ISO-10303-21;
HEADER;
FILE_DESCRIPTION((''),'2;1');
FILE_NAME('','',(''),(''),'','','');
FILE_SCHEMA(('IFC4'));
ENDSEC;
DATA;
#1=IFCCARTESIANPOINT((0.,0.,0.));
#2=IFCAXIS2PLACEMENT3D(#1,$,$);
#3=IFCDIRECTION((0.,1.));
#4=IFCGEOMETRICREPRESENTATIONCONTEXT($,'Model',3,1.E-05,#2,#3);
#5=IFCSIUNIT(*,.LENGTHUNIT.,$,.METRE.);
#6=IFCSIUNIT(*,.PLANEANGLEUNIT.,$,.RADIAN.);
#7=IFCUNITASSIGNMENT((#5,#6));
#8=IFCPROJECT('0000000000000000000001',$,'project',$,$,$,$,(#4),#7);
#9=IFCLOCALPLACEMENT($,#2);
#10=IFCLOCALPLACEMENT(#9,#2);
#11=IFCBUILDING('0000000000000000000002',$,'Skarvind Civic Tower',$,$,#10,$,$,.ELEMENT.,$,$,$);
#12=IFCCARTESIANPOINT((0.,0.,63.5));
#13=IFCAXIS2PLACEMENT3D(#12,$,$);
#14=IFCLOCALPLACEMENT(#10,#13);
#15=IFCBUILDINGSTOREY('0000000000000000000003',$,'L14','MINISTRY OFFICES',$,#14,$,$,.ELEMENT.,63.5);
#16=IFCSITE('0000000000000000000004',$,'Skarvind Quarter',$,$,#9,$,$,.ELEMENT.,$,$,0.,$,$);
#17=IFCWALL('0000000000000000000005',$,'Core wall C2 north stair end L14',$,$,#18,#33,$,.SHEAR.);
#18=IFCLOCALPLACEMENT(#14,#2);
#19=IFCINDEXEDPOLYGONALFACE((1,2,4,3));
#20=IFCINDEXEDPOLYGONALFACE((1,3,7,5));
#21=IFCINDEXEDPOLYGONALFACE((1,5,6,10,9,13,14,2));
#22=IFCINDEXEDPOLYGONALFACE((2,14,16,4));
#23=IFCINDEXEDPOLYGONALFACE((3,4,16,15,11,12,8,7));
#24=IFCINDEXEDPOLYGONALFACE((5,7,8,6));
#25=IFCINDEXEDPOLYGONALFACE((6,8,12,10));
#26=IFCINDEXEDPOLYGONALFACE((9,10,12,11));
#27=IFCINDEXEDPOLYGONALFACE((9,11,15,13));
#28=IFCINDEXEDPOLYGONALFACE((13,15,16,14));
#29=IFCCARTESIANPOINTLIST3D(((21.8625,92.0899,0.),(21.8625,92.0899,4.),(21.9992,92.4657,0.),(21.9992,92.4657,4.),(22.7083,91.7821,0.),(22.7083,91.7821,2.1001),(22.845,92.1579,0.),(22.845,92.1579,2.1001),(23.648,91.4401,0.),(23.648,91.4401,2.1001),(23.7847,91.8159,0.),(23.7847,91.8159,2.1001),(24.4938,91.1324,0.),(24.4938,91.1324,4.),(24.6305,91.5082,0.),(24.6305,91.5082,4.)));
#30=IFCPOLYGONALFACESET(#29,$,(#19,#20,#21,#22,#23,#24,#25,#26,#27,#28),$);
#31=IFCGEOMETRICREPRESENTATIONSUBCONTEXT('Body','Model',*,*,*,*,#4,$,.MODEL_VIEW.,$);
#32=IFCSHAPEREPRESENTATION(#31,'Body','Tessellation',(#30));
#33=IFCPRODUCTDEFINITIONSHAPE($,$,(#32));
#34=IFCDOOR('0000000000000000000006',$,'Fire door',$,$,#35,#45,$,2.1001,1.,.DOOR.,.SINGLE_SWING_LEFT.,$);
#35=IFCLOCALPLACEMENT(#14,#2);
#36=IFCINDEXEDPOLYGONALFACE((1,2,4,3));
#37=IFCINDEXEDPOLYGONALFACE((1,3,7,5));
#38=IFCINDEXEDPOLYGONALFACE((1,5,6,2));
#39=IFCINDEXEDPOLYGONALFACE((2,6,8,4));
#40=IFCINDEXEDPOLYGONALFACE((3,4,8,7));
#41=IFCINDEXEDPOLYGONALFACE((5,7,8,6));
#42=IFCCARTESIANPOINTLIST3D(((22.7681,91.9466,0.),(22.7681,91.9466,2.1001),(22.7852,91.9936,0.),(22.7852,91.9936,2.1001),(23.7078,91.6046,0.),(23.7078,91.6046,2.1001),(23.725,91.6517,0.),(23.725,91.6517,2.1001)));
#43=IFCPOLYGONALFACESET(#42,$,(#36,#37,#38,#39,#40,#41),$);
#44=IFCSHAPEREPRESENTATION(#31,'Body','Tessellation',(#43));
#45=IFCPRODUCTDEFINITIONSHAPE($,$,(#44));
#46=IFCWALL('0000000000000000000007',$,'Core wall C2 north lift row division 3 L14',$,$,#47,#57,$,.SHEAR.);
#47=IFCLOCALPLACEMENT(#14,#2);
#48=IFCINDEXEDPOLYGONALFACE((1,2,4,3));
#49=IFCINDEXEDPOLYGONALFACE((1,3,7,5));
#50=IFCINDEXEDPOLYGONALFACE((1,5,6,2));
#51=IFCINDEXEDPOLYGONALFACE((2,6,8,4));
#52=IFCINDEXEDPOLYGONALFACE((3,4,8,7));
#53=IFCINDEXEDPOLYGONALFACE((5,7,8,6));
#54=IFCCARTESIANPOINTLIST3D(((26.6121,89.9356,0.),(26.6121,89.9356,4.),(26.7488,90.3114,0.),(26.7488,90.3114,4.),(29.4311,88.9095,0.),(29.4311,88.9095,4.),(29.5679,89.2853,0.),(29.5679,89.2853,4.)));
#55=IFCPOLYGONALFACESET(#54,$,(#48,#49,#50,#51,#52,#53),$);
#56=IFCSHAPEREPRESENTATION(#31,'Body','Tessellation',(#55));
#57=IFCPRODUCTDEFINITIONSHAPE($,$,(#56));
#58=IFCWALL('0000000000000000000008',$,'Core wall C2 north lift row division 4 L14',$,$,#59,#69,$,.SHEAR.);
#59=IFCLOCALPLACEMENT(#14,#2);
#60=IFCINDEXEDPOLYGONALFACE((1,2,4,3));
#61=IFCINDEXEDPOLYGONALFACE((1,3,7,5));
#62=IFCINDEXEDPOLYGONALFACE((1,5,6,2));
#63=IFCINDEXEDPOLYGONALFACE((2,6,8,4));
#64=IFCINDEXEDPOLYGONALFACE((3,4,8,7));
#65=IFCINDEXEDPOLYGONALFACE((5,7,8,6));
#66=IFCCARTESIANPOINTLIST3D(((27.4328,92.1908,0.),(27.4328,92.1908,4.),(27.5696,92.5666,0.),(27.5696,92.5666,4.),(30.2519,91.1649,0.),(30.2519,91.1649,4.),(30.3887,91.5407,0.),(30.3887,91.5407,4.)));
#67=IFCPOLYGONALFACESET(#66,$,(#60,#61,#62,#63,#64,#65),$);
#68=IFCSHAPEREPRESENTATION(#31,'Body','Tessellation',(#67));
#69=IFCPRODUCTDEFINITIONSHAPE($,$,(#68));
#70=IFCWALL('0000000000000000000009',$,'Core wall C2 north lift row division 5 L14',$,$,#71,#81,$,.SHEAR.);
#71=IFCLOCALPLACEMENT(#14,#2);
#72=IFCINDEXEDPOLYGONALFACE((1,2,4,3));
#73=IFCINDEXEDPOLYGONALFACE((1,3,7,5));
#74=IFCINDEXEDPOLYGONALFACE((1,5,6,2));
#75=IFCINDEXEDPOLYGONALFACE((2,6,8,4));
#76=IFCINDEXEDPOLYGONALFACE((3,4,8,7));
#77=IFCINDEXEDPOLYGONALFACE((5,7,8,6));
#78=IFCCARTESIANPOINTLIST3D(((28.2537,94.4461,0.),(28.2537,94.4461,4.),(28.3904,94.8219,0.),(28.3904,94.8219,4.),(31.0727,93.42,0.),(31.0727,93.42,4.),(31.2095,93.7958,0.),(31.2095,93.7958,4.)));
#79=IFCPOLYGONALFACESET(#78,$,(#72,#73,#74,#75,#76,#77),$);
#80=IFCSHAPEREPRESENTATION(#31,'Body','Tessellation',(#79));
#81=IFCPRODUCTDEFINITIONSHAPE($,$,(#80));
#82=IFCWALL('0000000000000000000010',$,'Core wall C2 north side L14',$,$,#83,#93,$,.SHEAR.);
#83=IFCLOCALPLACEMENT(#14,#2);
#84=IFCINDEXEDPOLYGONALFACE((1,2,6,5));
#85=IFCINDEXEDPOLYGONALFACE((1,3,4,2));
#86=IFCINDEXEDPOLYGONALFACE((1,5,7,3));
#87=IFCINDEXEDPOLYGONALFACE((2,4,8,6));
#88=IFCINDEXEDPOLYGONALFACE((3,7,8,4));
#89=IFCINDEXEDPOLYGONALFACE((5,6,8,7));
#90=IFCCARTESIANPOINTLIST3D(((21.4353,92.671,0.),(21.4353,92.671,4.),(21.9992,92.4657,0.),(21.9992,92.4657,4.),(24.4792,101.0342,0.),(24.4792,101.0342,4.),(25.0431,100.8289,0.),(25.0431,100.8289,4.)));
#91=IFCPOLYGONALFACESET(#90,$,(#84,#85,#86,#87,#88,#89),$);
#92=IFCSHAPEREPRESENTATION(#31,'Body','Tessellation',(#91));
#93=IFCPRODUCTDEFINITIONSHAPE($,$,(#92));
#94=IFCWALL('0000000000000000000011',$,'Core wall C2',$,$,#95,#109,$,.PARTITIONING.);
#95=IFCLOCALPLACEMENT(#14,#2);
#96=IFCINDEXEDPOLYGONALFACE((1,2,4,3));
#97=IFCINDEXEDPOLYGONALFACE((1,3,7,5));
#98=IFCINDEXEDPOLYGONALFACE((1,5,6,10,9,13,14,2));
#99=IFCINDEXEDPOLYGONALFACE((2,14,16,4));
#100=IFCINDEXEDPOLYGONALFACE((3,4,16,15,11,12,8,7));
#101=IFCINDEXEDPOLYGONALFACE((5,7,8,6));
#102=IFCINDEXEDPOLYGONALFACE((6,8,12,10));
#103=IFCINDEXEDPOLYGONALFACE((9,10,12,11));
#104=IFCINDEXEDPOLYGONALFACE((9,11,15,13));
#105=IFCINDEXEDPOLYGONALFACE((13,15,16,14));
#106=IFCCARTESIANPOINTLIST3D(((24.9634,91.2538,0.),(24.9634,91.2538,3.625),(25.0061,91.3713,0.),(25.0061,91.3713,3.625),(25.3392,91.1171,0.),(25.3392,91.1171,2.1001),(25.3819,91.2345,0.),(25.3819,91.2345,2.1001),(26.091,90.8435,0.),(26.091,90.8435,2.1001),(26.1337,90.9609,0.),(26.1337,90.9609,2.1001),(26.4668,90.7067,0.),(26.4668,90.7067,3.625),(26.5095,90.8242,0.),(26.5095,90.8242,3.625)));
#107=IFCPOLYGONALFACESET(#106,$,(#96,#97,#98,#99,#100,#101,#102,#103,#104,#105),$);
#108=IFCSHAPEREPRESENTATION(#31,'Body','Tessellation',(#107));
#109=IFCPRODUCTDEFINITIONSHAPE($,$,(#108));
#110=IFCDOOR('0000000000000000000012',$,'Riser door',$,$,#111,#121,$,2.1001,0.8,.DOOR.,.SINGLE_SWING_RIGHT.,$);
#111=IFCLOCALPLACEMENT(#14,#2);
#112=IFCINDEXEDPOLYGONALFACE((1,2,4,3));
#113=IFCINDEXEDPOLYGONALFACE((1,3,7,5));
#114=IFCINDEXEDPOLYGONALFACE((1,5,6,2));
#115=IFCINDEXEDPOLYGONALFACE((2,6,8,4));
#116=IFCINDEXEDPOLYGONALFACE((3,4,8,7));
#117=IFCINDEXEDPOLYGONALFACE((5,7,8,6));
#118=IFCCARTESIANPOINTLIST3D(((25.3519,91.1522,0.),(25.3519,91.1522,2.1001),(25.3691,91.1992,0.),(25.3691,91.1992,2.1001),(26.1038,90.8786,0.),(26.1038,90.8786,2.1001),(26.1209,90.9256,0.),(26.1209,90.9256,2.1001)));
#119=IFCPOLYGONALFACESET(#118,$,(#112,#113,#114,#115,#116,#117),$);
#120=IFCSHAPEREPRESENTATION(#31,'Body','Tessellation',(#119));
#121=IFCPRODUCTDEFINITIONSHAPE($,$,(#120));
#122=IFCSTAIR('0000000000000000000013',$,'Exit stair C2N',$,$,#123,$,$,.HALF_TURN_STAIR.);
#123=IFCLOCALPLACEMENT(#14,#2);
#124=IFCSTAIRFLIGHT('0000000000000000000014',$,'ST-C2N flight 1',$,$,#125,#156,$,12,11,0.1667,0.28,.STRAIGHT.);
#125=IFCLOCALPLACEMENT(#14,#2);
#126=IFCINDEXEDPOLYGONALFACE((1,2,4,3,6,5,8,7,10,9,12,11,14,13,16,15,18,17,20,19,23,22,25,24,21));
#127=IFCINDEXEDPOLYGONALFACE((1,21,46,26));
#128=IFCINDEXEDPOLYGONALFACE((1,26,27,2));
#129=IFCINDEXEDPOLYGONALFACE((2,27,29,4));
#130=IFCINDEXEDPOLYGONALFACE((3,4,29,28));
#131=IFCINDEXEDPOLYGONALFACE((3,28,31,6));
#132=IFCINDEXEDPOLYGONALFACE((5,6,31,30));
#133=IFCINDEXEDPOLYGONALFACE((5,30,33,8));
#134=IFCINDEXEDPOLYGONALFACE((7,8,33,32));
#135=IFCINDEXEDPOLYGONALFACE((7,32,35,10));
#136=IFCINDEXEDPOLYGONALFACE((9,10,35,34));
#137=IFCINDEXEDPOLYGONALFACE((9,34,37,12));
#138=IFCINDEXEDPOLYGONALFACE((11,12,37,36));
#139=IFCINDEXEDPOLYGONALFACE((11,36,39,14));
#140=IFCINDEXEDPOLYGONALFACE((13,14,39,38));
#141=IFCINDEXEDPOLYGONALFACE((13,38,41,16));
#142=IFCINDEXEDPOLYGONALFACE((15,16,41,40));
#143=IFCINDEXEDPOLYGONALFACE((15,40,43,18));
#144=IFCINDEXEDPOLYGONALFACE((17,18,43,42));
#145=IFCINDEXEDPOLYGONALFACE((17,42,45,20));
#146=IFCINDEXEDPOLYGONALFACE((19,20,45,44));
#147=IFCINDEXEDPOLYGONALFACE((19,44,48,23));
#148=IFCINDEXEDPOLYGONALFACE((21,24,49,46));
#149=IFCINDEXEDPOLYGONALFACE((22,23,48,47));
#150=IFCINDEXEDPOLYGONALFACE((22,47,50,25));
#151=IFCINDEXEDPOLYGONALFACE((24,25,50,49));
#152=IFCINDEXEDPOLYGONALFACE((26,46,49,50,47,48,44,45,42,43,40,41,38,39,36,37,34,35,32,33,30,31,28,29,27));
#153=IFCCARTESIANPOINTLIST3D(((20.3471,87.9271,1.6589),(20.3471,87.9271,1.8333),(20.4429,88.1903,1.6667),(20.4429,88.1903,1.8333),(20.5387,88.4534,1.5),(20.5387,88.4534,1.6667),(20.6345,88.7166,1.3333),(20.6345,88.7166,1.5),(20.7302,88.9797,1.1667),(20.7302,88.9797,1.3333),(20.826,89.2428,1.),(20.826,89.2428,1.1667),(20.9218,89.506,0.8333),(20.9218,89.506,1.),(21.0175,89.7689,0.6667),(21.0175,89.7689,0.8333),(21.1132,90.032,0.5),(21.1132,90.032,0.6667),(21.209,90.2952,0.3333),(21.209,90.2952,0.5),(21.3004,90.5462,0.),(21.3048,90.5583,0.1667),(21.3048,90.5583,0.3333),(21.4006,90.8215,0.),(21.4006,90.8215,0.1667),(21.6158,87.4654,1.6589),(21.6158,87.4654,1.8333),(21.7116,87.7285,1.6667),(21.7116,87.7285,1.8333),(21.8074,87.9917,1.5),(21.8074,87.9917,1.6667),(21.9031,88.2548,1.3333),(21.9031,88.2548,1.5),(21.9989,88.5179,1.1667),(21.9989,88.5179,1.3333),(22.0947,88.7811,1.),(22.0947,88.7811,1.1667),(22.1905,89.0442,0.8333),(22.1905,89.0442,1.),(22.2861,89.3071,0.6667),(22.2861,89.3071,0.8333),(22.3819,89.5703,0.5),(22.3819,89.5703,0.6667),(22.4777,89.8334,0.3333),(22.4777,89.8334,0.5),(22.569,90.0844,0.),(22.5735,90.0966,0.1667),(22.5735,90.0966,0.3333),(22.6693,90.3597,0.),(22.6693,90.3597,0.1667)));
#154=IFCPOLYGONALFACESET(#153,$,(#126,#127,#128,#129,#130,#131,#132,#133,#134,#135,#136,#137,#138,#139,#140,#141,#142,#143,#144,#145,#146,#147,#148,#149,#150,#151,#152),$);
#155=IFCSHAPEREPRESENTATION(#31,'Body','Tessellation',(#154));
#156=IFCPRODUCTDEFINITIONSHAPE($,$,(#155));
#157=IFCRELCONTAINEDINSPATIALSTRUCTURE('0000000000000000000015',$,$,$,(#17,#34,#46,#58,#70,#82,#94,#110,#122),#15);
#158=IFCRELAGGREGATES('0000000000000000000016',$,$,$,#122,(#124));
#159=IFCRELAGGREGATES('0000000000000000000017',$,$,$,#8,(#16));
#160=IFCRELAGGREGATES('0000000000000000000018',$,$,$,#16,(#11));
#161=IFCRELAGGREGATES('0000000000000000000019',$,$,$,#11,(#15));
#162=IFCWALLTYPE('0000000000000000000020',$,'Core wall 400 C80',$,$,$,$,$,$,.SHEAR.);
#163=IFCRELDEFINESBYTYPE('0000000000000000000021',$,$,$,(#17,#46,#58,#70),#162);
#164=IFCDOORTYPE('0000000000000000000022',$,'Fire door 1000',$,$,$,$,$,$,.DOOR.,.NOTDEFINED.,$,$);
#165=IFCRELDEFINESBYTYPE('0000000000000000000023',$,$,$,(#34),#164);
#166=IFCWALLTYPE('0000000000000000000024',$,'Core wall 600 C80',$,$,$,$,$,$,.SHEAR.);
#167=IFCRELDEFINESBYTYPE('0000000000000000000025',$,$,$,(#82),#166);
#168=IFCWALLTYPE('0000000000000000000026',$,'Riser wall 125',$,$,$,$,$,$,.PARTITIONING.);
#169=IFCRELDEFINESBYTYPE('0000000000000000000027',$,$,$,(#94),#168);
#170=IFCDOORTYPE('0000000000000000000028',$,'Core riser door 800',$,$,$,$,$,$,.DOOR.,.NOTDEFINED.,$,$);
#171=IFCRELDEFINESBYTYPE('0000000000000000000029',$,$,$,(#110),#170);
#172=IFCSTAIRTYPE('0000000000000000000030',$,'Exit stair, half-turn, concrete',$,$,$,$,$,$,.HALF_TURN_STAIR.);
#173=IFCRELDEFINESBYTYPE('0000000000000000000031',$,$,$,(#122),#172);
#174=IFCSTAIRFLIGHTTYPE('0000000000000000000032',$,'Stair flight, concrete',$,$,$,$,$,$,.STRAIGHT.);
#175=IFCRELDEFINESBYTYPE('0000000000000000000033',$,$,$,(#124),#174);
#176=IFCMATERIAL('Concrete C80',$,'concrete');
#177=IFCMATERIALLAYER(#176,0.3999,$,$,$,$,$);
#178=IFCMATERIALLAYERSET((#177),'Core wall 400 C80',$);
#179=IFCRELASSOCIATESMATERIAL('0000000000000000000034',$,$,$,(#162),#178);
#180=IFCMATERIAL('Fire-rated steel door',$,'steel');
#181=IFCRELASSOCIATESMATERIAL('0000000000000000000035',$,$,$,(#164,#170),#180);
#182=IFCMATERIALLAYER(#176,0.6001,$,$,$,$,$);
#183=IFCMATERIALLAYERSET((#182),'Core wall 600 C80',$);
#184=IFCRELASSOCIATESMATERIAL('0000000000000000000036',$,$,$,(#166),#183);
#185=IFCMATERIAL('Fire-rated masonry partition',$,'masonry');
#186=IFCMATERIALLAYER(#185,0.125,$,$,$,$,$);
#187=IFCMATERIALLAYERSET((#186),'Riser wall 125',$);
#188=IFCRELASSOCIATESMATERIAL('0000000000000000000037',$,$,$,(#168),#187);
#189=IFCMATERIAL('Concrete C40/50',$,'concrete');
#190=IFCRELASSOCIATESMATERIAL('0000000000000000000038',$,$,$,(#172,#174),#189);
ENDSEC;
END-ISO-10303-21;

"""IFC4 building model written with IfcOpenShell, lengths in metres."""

from ifc_helpers import new_model, si_unit, direction, frame, frame_2d, origin, place, context, subcontext, project, spatial, polyline, rectangle, outline, extrude, material, layer, layer_set, type_object, element, fill, aggregate, save


model = new_model("IFC4")

# Units and contexts
model_context = context("Model", 3, precision=1e-05, world=origin(), true_north=direction((0.0, 1.0)))
body_context = subcontext(model_context, "Body", "Model", "MODEL_VIEW")
ifc_project = project(units=[si_unit("LENGTHUNIT", "METRE"), si_unit("PLANEANGLEUNIT", "RADIAN")], contexts=[model_context])

# Site, building, storey
site_placement = place(None, origin())
site = spatial("IfcSite", under=ifc_project, at=site_placement, Name="Skarvind Quarter", CompositionType="ELEMENT", RefElevation=0.0)
building_placement = place(site_placement, origin())
building = spatial("IfcBuilding", under=site, at=building_placement, Name="Skarvind Civic Tower", CompositionType="ELEMENT")
storey_placement = place(building_placement, frame((0.0, 0.0, 63.5)))
storey = spatial("IfcBuildingStorey", under=building, at=storey_placement, Name="L14", Description="MINISTRY OFFICES", CompositionType="ELEMENT", Elevation=63.5)

# Wall, opening, door
ifc_material_1 = material(Name="Concrete C80", Category="concrete")
ifc_layer_1 = layer(ifc_material_1, 0.3999)
ifc_layer_set_1 = layer_set([ifc_layer_1], Name="Core wall 400 C80")
wall_type_1 = type_object("IfcWallType", Name="Core wall 400 C80", PredefinedType="SHEAR", material=ifc_layer_set_1)
wall_1_placement = place(storey_placement, frame((24.562, 91.3203, 0.0), z_axis=(0.0, 0.0, 1.0), x_axis=(-0.939717, 0.341953, 0.0)))
wall_1 = element("IfcWall", 1, at=wall_1_placement, inside=storey, type_object=wall_type_1, Name="Core wall C2 north stair end L14", PredefinedType="SHEAR", context=body_context, shape_type="SweptSolid", body=[
    extrude(rectangle(XDim=2.8, YDim=0.3999, at=frame_2d((1.3999, 0.0))), origin(), (0.0, 0.0, 1.0), 4.0),
])
opening_1_placement = place(wall_1_placement, frame((0.8999, 0.0, 0.0)))
opening_1 = element("IfcOpeningElement", 2, at=opening_1_placement, cuts=wall_1, PredefinedType="OPENING", context=body_context, shape_type="SweptSolid", body=[
    extrude(rectangle(XDim=1.0, YDim=2.1001, at=frame_2d((0.5, 1.05))), frame((0.0, 0.21, 0.0), z_axis=(0.0, -1.0, 0.0), x_axis=(1.0, 0.0, 0.0)), (0.0, 0.0, 1.0), 0.4199),
])
ifc_material_2 = material(Name="Fire-rated steel door", Category="steel")
door_type_1 = type_object("IfcDoorType", Name="Fire door 1000", OperationType="NOTDEFINED", PredefinedType="DOOR", material=ifc_material_2)
door_1_placement = place(opening_1_placement, origin())
door_1 = element("IfcDoor", 3, at=door_1_placement, inside=storey, type_object=door_type_1, Name="Fire door", OperationType="SINGLE_SWING_LEFT", OverallHeight=2.1001, OverallWidth=1.0, PredefinedType="DOOR", context=body_context, shape_type="SweptSolid", body=[
    extrude(rectangle(XDim=1.0, YDim=2.1001, at=frame_2d((0.5, 1.05))), frame((0.0, 0.0249, 0.0), z_axis=(0.0, -1.0, 0.0), x_axis=(1.0, 0.0, 0.0)), (0.0, 0.0, 1.0), 0.05),
])
fill(opening_1, door_1)

# Walls
for number, where, z_axis, x_axis, name in (
    (4, (29.4995, 89.0974, 0.0), (0.0, 0.0, 1.0), (-0.939686, 0.342037, 0.0), "Core wall C2 north lift row division 3 L14"),
    (5, (30.3203, 91.3528, 0.0), (0.0, 0.0, 1.0), (-0.939713, 0.341965, 0.0), "Core wall C2 north lift row division 4 L14"),
    (6, (31.1411, 93.6079, 0.0), (0.0, 0.0, 1.0), (-0.939686, 0.342037, 0.0), "Core wall C2 north lift row division 5 L14"),
):
    element("IfcWall", number, at=place(storey_placement, frame(where, z_axis=z_axis, x_axis=x_axis)), inside=storey, type_object=wall_type_1, Name=name, PredefinedType="SHEAR", context=body_context, shape_type="SweptSolid", body=[
        extrude(rectangle(XDim=3.0, YDim=0.3999, at=frame_2d((1.5, 0.0))), origin(), (0.0, 0.0, 1.0), 4.0),
    ])
ifc_layer_2 = layer(ifc_material_1, 0.6001)
ifc_layer_set_2 = layer_set([ifc_layer_2], Name="Core wall 600 C80")
wall_type_2 = type_object("IfcWallType", Name="Core wall 600 C80", PredefinedType="SHEAR", material=ifc_layer_set_2)
wall_2_placement = place(storey_placement, frame((21.7173, 92.5684, 0.0), z_axis=(0.0, 0.0, 1.0), x_axis=(0.342016, 0.939694, 0.0)))
element("IfcWall", 7, at=wall_2_placement, inside=storey, type_object=wall_type_2, Name="Core wall C2 north side L14", PredefinedType="SHEAR", context=body_context, shape_type="SweptSolid", body=[
    extrude(rectangle(XDim=8.8999, YDim=0.6001, at=frame_2d((4.45, 0.0))), origin(), (0.0, 0.0, 1.0), 4.0),
])

# Wall, opening, door
ifc_material_3 = material(Name="Fire-rated masonry partition", Category="masonry")
ifc_layer_3 = layer(ifc_material_3, 0.125)
ifc_layer_set_3 = layer_set([ifc_layer_3], Name="Riser wall 125")
wall_type_3 = type_object("IfcWallType", Name="Riser wall 125", PredefinedType="PARTITIONING", material=ifc_layer_set_3)
wall_3_placement = place(storey_placement, frame((24.9849, 91.3125, 0.0), z_axis=(0.0, 0.0, 1.0), x_axis=(0.939709, -0.341976, 0.0)))
wall_3 = element("IfcWall", 8, at=wall_3_placement, inside=storey, type_object=wall_type_3, Name="Core wall C2", PredefinedType="PARTITIONING", context=body_context, shape_type="SweptSolid", body=[
    extrude(rectangle(XDim=1.5999, YDim=0.125, at=frame_2d((0.7998, 0.0))), origin(), (0.0, 0.0, 1.0), 3.625),
])
opening_2_placement = place(wall_3_placement, frame((0.3999, 0.0, 0.0)))
opening_2 = element("IfcOpeningElement", 9, at=opening_2_placement, cuts=wall_3, PredefinedType="OPENING", context=body_context, shape_type="SweptSolid", body=[
    extrude(rectangle(XDim=0.8, YDim=2.1001, at=frame_2d((0.3999, 1.05))), frame((0.0, 0.0725, 0.0), z_axis=(0.0, -1.0, 0.0), x_axis=(1.0, 0.0, 0.0)), (0.0, 0.0, 1.0), 0.145),
])
door_type_2 = type_object("IfcDoorType", Name="Core riser door 800", OperationType="NOTDEFINED", PredefinedType="DOOR", material=ifc_material_2)
door_2_placement = place(opening_2_placement, origin())
door_2 = element("IfcDoor", 10, at=door_2_placement, inside=storey, type_object=door_type_2, Name="Riser door", OperationType="SINGLE_SWING_RIGHT", OverallHeight=2.1001, OverallWidth=0.8, PredefinedType="DOOR", context=body_context, shape_type="SweptSolid", body=[
    extrude(rectangle(XDim=0.8, YDim=2.1001, at=frame_2d((0.3999, 1.05))), frame((0.0, 0.0249, 0.0), z_axis=(0.0, -1.0, 0.0), x_axis=(1.0, 0.0, 0.0)), (0.0, 0.0, 1.0), 0.05),
])
fill(opening_2, door_2)

# Stair, stair flight
ifc_material_4 = material(Name="Concrete C40/50", Category="concrete")
stair_type = type_object("IfcStairType", Name="Exit stair, half-turn, concrete", PredefinedType="HALF_TURN_STAIR", material=ifc_material_4)
stair_placement = place(storey_placement, origin())
stair = element("IfcStair", 11, at=stair_placement, inside=storey, type_object=stair_type, Name="Exit stair C2N", PredefinedType="HALF_TURN_STAIR")
stair_flight_type = type_object("IfcStairFlightType", Name="Stair flight, concrete", PredefinedType="STRAIGHT", material=ifc_material_4)
stair_flight_1_placement = place(storey_placement, frame((22.0349, 90.5906, 0.0), z_axis=(0.0, 0.0, 1.0), x_axis=(-0.34202, -0.939693, 0.0)))
stair_flight_1 = element("IfcStairFlight", 12, at=stair_flight_1_placement, type_object=stair_flight_type, Name="ST-C2N flight 1", NumberOfRisers=12, NumberOfTreads=11, PredefinedType="STRAIGHT", RiserHeight=0.1667, TreadLength=0.28, context=body_context, shape_type="SweptSolid", body=[
    extrude(outline(polyline([(0.0, 0.0), (0.0, 0.1667), (0.28, 0.1667), (0.28, 0.3333), (0.5601, 0.3333), (0.5601, 0.5), (0.8401, 0.5), (0.8401, 0.6667), (1.1201, 0.6667), (1.1201, 0.8333), (1.3999, 0.8333), (1.3999, 1.0), (1.6799, 1.0), (1.6799, 1.1667), (1.96, 1.1667), (1.96, 1.3333), (2.24, 1.3333), (2.24, 1.5), (2.52, 1.5), (2.52, 1.6667), (2.8, 1.6667), (2.8, 1.8333), (3.0801, 1.8333), (3.0801, 2.0), (3.0801, 1.6589), (0.293, 0.0), (0.0, 0.0)])), frame((0.0, 0.675, 0.0), z_axis=(0.0, -1.0, 0.0), x_axis=(1.0, 0.0, 0.0)), (0.0, 0.0, 1.0), 1.3501),
])
aggregate(stair, [stair_flight_1])

save(model, "model.ifc")
